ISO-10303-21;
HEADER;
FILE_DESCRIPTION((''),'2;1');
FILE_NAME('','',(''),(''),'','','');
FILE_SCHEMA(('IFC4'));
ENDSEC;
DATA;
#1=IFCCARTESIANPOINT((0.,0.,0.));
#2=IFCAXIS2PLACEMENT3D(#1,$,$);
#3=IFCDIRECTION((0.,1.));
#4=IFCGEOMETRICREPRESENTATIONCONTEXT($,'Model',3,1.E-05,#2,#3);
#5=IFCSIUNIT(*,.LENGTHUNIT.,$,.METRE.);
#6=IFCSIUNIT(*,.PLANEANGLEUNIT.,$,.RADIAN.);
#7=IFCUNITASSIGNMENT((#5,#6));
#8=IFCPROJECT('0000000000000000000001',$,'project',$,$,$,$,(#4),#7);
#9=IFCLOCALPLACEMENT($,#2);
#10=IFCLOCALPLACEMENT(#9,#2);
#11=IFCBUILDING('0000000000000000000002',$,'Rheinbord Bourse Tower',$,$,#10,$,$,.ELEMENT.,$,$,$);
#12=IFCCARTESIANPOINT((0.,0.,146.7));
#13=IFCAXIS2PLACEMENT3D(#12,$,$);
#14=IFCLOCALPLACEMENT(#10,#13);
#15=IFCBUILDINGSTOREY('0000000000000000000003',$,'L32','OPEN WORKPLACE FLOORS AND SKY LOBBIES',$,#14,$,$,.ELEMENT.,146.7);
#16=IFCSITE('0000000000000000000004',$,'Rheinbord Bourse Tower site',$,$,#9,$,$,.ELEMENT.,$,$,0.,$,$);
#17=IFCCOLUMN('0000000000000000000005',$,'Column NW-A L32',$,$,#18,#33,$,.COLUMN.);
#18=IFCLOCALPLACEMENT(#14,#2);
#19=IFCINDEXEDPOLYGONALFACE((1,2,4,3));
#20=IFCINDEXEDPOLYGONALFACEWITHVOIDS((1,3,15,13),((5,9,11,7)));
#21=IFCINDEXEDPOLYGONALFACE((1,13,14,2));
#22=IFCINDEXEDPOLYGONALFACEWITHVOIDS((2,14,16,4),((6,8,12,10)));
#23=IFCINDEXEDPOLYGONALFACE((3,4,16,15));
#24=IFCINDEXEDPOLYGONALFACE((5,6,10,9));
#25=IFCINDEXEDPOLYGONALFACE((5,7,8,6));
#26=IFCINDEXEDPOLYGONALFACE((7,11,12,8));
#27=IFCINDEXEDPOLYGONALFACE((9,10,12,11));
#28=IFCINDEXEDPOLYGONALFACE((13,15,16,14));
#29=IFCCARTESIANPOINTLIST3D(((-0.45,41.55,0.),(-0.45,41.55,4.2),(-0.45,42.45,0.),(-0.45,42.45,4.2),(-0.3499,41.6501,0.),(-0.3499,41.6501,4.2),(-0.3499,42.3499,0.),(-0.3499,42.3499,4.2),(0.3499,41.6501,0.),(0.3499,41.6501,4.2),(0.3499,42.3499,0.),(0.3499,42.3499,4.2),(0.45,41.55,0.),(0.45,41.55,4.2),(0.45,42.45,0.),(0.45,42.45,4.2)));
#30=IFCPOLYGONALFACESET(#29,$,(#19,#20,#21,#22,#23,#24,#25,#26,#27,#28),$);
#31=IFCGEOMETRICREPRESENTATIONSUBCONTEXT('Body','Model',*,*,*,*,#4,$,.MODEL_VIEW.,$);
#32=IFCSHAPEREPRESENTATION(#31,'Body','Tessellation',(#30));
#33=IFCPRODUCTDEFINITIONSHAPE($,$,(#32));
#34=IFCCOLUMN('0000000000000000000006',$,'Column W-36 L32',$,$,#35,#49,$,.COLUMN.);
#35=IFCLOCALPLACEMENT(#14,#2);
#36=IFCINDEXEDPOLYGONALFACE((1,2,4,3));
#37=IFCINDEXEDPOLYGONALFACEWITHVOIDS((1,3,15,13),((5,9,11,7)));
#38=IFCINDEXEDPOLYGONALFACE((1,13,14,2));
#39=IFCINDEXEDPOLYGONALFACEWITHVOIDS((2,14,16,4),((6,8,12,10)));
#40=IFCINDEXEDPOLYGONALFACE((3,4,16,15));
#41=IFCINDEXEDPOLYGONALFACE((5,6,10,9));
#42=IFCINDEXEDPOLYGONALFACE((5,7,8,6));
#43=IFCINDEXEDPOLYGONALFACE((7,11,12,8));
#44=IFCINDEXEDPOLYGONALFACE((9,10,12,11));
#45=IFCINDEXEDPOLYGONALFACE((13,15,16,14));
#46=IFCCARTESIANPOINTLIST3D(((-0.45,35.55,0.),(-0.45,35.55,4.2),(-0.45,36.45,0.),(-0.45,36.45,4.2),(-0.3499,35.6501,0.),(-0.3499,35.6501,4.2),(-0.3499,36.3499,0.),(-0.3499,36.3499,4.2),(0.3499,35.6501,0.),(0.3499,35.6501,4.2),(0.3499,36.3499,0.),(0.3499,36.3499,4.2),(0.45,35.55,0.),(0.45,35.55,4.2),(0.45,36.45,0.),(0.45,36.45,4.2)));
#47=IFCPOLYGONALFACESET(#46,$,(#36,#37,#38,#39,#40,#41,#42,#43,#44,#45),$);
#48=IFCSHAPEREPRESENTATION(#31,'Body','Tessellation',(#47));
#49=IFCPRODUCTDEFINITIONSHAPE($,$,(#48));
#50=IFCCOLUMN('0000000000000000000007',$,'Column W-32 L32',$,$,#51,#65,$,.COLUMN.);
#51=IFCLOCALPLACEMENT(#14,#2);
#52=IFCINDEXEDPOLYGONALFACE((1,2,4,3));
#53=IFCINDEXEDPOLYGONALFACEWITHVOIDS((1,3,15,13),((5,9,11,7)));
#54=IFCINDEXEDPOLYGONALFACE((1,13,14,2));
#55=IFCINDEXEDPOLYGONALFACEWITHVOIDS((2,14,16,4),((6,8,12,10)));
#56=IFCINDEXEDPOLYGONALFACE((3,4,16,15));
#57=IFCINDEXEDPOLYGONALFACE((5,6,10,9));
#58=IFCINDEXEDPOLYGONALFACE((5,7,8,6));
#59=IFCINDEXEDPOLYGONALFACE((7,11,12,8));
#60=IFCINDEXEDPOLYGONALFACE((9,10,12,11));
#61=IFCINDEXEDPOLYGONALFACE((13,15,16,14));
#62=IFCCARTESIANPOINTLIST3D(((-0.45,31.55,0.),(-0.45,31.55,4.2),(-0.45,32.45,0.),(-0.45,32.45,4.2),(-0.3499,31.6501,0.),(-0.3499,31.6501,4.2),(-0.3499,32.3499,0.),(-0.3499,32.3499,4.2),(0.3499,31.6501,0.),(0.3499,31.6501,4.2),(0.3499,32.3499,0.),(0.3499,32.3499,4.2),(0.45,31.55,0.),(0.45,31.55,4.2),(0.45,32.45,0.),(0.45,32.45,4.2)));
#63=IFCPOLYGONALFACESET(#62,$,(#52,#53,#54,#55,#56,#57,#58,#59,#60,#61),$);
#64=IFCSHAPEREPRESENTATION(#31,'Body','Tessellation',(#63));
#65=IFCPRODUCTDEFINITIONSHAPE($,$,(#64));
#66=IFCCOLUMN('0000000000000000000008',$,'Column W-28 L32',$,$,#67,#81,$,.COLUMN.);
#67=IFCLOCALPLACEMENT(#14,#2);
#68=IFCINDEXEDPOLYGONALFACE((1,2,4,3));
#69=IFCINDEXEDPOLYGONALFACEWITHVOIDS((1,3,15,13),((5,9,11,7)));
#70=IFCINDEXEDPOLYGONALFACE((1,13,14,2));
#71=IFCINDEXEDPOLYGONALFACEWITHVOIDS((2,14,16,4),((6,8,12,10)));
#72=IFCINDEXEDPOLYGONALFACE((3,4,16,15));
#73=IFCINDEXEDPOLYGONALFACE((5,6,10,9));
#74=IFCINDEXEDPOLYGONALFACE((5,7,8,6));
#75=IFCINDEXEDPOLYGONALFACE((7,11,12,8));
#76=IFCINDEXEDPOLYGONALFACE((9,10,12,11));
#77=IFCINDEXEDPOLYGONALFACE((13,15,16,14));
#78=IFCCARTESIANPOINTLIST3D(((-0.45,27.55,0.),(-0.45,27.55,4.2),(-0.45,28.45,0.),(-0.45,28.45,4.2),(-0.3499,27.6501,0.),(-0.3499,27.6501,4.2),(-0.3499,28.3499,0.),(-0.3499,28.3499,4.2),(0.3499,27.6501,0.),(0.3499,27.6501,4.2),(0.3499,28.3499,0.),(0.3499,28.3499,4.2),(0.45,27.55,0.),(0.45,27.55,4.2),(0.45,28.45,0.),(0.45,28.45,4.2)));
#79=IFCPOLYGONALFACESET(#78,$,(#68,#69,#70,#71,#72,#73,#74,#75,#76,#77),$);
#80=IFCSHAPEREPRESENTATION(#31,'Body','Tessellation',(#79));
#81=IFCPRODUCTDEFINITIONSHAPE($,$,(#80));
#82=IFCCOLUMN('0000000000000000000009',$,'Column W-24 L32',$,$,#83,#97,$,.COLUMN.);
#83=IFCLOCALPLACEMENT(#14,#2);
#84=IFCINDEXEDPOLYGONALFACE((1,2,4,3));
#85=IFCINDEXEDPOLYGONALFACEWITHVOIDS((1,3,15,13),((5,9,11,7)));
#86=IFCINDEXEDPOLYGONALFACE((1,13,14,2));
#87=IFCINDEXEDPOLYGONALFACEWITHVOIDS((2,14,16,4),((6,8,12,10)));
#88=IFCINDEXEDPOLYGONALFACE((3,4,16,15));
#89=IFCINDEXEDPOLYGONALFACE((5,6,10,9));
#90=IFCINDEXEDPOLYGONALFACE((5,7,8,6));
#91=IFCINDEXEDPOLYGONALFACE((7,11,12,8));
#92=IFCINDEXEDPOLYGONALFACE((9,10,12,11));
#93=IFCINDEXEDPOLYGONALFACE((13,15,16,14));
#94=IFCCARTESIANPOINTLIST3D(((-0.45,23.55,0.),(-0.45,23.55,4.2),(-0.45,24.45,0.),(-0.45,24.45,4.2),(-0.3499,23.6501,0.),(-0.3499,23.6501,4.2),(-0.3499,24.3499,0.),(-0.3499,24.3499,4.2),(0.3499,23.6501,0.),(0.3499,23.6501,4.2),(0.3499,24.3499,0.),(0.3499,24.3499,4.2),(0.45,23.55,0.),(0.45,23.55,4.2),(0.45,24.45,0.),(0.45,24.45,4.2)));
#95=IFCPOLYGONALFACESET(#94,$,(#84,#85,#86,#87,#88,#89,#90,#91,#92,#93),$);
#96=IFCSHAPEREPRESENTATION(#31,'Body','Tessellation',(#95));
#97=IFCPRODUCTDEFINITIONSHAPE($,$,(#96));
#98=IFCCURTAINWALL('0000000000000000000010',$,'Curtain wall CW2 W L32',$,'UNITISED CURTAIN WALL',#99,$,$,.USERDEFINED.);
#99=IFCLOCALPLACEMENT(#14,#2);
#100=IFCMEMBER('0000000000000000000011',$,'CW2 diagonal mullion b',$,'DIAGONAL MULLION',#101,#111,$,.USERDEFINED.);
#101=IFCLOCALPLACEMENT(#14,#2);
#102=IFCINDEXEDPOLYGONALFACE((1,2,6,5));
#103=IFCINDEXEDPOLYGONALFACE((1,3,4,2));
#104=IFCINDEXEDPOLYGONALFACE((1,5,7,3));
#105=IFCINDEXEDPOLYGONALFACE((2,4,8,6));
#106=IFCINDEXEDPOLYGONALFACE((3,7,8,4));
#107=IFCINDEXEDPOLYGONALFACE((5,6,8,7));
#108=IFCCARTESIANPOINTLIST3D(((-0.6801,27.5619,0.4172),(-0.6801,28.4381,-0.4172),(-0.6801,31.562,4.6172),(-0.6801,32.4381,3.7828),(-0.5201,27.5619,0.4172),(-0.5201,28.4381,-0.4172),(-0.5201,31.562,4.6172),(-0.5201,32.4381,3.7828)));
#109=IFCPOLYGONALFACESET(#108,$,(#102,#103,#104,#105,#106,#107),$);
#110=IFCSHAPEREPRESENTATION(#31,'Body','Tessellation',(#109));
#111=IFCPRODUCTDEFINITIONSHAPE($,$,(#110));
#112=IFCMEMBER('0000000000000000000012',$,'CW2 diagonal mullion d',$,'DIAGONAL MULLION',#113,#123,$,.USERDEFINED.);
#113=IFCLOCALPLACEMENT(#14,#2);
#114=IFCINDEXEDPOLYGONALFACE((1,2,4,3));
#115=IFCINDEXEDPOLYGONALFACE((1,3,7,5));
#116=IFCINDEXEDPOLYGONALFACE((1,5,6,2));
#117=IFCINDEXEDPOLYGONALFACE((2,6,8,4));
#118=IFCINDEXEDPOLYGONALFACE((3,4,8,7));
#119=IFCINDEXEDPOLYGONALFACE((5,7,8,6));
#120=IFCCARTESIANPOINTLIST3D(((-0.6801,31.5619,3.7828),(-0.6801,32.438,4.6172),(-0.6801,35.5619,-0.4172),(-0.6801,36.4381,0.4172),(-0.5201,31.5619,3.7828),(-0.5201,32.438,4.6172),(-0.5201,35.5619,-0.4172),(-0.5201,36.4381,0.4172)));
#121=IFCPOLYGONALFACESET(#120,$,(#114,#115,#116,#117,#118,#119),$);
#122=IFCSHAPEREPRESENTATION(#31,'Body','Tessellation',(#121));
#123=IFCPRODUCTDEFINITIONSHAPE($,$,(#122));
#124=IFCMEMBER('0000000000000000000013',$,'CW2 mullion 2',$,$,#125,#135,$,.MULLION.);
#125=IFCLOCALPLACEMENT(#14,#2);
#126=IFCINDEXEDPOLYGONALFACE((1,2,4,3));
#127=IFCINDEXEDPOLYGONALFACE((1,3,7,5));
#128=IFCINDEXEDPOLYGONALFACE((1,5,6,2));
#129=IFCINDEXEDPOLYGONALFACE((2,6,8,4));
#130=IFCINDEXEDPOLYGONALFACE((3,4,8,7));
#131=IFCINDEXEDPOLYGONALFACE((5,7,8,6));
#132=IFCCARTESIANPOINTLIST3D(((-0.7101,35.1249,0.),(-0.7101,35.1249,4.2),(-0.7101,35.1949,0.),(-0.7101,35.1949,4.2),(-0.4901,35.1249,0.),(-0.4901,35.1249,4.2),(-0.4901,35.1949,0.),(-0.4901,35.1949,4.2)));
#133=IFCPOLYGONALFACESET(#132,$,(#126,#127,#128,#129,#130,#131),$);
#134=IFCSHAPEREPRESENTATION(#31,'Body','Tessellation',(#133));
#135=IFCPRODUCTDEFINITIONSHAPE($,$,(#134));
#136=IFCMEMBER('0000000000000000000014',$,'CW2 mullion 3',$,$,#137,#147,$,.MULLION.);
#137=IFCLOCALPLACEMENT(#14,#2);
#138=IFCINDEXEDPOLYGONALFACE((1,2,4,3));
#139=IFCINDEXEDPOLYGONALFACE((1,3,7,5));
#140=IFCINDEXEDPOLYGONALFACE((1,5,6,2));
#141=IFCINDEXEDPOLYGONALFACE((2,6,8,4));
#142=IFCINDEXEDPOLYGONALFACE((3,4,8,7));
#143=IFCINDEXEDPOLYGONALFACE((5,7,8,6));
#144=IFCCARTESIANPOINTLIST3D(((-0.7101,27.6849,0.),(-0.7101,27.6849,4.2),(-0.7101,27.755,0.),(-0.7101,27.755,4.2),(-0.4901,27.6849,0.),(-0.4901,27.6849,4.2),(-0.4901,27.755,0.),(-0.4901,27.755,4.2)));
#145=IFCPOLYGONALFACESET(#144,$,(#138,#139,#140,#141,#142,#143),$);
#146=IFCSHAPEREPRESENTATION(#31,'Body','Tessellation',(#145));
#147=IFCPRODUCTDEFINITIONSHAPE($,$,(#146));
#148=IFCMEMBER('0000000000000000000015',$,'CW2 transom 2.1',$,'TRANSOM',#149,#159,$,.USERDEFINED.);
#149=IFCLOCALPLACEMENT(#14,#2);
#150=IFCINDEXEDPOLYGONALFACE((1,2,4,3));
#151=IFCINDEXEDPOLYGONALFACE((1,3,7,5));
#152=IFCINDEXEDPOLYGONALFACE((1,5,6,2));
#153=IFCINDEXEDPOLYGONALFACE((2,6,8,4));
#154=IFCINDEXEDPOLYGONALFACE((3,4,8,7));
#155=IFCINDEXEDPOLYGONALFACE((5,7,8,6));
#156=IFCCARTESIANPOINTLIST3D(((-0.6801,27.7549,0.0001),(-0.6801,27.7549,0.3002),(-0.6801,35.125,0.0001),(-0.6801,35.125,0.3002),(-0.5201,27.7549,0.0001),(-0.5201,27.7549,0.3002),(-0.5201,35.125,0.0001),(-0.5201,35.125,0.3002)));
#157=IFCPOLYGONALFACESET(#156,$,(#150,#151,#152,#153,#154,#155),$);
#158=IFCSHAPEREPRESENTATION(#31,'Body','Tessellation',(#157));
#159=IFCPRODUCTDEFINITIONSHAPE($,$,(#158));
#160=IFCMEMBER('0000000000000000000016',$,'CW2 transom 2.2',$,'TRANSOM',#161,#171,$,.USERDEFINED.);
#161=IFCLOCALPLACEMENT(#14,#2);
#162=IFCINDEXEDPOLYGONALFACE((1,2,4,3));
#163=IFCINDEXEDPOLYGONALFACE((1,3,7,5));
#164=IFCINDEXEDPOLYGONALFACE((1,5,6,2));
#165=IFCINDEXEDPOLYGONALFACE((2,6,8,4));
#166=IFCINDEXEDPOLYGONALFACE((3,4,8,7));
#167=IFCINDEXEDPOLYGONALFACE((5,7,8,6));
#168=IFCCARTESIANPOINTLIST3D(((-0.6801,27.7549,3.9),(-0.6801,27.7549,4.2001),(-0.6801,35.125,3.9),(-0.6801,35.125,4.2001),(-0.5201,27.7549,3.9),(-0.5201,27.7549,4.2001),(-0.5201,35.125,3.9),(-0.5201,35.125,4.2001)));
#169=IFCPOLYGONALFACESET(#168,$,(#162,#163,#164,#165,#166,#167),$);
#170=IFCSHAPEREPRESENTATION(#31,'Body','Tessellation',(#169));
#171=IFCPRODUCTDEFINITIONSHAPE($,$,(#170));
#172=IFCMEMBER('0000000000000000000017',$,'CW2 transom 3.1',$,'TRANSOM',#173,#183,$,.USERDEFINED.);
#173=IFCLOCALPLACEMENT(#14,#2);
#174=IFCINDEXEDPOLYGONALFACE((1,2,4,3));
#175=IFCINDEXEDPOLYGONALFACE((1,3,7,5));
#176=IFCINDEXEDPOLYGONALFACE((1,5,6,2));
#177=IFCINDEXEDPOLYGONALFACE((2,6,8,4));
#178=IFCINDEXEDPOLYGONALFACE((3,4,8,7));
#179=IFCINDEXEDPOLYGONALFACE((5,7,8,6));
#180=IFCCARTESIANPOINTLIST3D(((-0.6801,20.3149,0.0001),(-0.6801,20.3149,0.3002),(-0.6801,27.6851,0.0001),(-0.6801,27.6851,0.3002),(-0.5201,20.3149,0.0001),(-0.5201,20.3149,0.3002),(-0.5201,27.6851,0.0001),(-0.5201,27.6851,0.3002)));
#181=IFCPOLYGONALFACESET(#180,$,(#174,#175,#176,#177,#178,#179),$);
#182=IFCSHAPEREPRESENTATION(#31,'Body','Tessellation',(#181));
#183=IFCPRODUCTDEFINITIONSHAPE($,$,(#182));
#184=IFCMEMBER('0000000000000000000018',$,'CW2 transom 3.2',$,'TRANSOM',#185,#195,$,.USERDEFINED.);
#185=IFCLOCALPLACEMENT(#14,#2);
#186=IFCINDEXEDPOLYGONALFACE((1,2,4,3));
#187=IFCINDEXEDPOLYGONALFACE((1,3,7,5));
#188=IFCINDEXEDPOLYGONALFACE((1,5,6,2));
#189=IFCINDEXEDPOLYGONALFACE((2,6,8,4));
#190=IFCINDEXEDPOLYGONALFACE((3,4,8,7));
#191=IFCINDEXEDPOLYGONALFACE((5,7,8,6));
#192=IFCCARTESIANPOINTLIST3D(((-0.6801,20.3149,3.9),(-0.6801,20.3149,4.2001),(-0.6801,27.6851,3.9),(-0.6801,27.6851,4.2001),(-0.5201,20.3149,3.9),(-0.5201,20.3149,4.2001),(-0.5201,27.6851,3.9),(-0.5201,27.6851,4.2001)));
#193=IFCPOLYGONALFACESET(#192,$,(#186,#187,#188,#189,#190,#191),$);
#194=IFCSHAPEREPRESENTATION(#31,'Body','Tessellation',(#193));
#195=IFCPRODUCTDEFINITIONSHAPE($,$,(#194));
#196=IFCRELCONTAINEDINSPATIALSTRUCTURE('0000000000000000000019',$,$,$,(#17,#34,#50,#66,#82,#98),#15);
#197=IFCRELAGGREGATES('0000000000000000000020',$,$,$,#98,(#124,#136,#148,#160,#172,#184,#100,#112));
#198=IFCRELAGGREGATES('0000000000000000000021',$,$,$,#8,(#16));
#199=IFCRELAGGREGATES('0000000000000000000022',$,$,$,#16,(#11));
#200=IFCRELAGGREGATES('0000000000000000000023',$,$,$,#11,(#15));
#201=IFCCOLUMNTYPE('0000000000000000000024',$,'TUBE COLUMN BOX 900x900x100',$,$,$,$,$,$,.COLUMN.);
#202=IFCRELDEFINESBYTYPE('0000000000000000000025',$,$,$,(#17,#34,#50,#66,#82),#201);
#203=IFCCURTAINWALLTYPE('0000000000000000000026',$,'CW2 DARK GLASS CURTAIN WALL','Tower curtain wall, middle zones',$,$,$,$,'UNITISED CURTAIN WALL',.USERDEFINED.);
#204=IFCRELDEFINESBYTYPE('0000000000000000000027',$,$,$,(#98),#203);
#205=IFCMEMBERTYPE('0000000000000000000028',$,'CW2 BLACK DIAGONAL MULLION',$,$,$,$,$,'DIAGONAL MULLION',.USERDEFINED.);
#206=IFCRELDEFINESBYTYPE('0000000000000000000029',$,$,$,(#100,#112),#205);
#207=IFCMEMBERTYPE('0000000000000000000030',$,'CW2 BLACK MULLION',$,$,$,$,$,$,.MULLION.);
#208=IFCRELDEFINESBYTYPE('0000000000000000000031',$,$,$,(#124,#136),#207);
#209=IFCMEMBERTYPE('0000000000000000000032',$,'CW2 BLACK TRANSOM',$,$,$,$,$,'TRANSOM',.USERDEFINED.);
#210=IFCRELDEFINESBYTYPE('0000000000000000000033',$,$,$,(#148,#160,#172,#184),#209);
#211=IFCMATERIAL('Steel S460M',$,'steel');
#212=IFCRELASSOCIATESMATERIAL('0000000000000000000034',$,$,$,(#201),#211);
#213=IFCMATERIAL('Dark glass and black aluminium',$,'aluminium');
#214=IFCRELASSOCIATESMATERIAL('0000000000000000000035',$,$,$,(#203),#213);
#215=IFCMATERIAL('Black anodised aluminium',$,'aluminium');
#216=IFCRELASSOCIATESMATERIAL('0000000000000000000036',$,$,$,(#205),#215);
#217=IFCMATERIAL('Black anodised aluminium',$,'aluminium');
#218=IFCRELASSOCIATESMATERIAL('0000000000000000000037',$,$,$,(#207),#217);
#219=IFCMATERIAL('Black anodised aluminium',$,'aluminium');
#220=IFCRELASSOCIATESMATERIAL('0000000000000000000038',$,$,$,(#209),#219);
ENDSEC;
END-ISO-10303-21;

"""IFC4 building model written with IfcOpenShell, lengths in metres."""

from ifc_helpers import new_model, si_unit, direction, frame, origin, origin_2d, place, context, subcontext, project, spatial, rectangle, hollow_rectangle, extrude, material, material_profile, profile_set, type_object, element, aggregate, save


model = new_model("IFC4")

# Units and contexts
model_context = context("Model", 3, precision=1e-05, world=origin(), true_north=direction((0.0, 1.0)))
body_context = subcontext(model_context, "Body", "Model", "MODEL_VIEW")
ifc_project = project(units=[si_unit("LENGTHUNIT", "METRE"), si_unit("PLANEANGLEUNIT", "RADIAN")], contexts=[model_context])

# Site, building, storey
site_placement = place(None, origin())
site = spatial("IfcSite", under=ifc_project, at=site_placement, Name="Rheinbord Bourse Tower site", CompositionType="ELEMENT", RefElevation=0.0)
building_placement = place(site_placement, origin())
building = spatial("IfcBuilding", under=site, at=building_placement, Name="Rheinbord Bourse Tower", CompositionType="ELEMENT")
storey_placement = place(building_placement, frame((0.0, 0.0, 146.7)))
storey = spatial("IfcBuildingStorey", under=building, at=storey_placement, Name="L32", Description="OPEN WORKPLACE FLOORS AND SKY LOBBIES", CompositionType="ELEMENT", Elevation=146.7)

# Columns
ifc_material_1 = material(Name="Steel S460M", Category="steel")
ifc_material_profile_1 = material_profile(ifc_material_1, hollow_rectangle(XDim=0.8999, YDim=0.8999, WallThickness=0.1001, at=origin_2d()), Name="BOX 900x900x100")
ifc_profile_set_1 = profile_set([ifc_material_profile_1], Name="Steel S460M")
column_type = type_object("IfcColumnType", Name="TUBE COLUMN BOX 900x900x100", PredefinedType="COLUMN", material=ifc_profile_set_1)
for number, where, z_axis, x_axis, name in (
    (1, (0.0, 42.0, 0.0), (0.0, 0.0, 1.0), (1.0, 0.0, 0.0), "Column NW-A L32"),
    (2, (0.0, 36.0, 0.0), (0.0, 0.0, 1.0), (1.0, 0.0, 0.0), "Column W-36 L32"),
    (3, (0.0, 32.0, 0.0), (0.0, 0.0, 1.0), (1.0, 0.0, 0.0), "Column W-32 L32"),
    (4, (0.0, 28.0, 0.0), (0.0, 0.0, 1.0), (1.0, 0.0, 0.0), "Column W-28 L32"),
    (5, (0.0, 24.0, 0.0), (0.0, 0.0, 1.0), (1.0, 0.0, 0.0), "Column W-24 L32"),
):
    element("IfcColumn", number, at=place(storey_placement, frame(where, z_axis=z_axis, x_axis=x_axis)), inside=storey, type_object=column_type, Name=name, PredefinedType="COLUMN", context=body_context, shape_type="SweptSolid", body=[
        extrude(hollow_rectangle(XDim=0.8999, YDim=0.8999, WallThickness=0.1001, at=origin_2d()), origin(), (0.0, 0.0, 1.0), 4.2),
    ])

# Curtain wall, members
ifc_material_2 = material(Name="Dark glass and black aluminium", Category="aluminium")
curtain_wall_type = type_object("IfcCurtainWallType", Name="CW2 DARK GLASS CURTAIN WALL", Description="Tower curtain wall, middle zones", ElementType="UNITISED CURTAIN WALL", PredefinedType="USERDEFINED", material=ifc_material_2)
curtain_wall_placement = place(storey_placement, origin())
curtain_wall = element("IfcCurtainWall", 6, at=curtain_wall_placement, inside=storey, type_object=curtain_wall_type, Name="Curtain wall CW2 W L32", ObjectType="UNITISED CURTAIN WALL", PredefinedType="USERDEFINED")
ifc_material_3 = material(Name="Black anodised aluminium", Category="aluminium")
ifc_material_profile_2 = material_profile(ifc_material_3, rectangle(XDim=0.1599, YDim=1.21, at=origin_2d()), Name="CW2 DIAGONAL MULLION 1210x160")
ifc_profile_set_2 = profile_set([ifc_material_profile_2], Name="Black anodised aluminium")
member_type_1 = type_object("IfcMemberType", Name="CW2 BLACK DIAGONAL MULLION", ElementType="DIAGONAL MULLION", PredefinedType="USERDEFINED", material=ifc_profile_set_2)
member_1_placement = place(storey_placement, frame((-0.6001, 28.0, 0.0), z_axis=(0.0, 0.689659, 0.724134), x_axis=(-1.0, 0.0, 0.0)))
member_1 = element("IfcMember", 7, at=member_1_placement, type_object=member_type_1, Name="CW2 diagonal mullion b", ObjectType="DIAGONAL MULLION", PredefinedType="USERDEFINED", context=body_context, shape_type="SweptSolid", body=[
    extrude(rectangle(XDim=0.1599, YDim=1.21, at=origin_2d()), origin(), (0.0, 0.0, 1.0), 5.8),
])
member_2_placement = place(storey_placement, frame((-0.6001, 36.0, 0.0), z_axis=(0.0, -0.689659, 0.724134), x_axis=(1.0, 0.0, 0.0)))
member_2 = element("IfcMember", 8, at=member_2_placement, type_object=member_type_1, Name="CW2 diagonal mullion d", ObjectType="DIAGONAL MULLION", PredefinedType="USERDEFINED", context=body_context, shape_type="SweptSolid", body=[
    extrude(rectangle(XDim=0.1599, YDim=1.21, at=origin_2d()), origin(), (0.0, 0.0, 1.0), 5.8),
])
ifc_material_4 = material(Name="Black anodised aluminium", Category="aluminium")
ifc_material_profile_3 = material_profile(ifc_material_4, rectangle(XDim=0.22, YDim=0.0701, at=origin_2d()), Name="CW2 MULLION 70x220")
ifc_profile_set_3 = profile_set([ifc_material_profile_3], Name="Black anodised aluminium")
member_type_2 = type_object("IfcMemberType", Name="CW2 BLACK MULLION", PredefinedType="MULLION", material=ifc_profile_set_3)
member_3_placement = place(storey_placement, frame((-0.6001, 35.1599, 0.0), z_axis=(0.0, 0.0, 1.0), x_axis=(1.0, 0.0, 0.0)))
member_3 = element("IfcMember", 9, at=member_3_placement, type_object=member_type_2, Name="CW2 mullion 2", PredefinedType="MULLION", context=body_context, shape_type="SweptSolid", body=[
    extrude(rectangle(XDim=0.22, YDim=0.0701, at=origin_2d()), origin(), (0.0, 0.0, 1.0), 4.2),
])
member_4_placement = place(storey_placement, frame((-0.6001, 27.72, 0.0), z_axis=(0.0, 0.0, 1.0), x_axis=(1.0, 0.0, 0.0)))
member_4 = element("IfcMember", 10, at=member_4_placement, type_object=member_type_2, Name="CW2 mullion 3", PredefinedType="MULLION", context=body_context, shape_type="SweptSolid", body=[
    extrude(rectangle(XDim=0.22, YDim=0.0701, at=origin_2d()), origin(), (0.0, 0.0, 1.0), 4.2),
])
ifc_material_5 = material(Name="Black anodised aluminium", Category="aluminium")
ifc_material_profile_4 = material_profile(ifc_material_5, rectangle(XDim=0.1599, YDim=0.3, at=origin_2d()), Name="CW2 TRANSOM 300x160")
ifc_profile_set_4 = profile_set([ifc_material_profile_4], Name="Black anodised aluminium")
member_type_3 = type_object("IfcMemberType", Name="CW2 BLACK TRANSOM", ElementType="TRANSOM", PredefinedType="USERDEFINED", material=ifc_profile_set_4)
member_5_placement = place(storey_placement, frame((-0.6001, 35.125, 0.1501), z_axis=(0.0, -1.0, 0.0), x_axis=(1.0, 0.0, 0.0)))
member_5 = element("IfcMember", 11, at=member_5_placement, type_object=member_type_3, Name="CW2 transom 2.1", ObjectType="TRANSOM", PredefinedType="USERDEFINED", context=body_context, shape_type="SweptSolid", body=[
    extrude(rectangle(XDim=0.1599, YDim=0.3, at=origin_2d()), origin(), (0.0, 0.0, 1.0), 7.3701),
])
member_6_placement = place(storey_placement, frame((-0.6001, 35.125, 4.05), z_axis=(0.0, -1.0, 0.0), x_axis=(1.0, 0.0, 0.0)))
member_6 = element("IfcMember", 12, at=member_6_placement, type_object=member_type_3, Name="CW2 transom 2.2", ObjectType="TRANSOM", PredefinedType="USERDEFINED", context=body_context, shape_type="SweptSolid", body=[
    extrude(rectangle(XDim=0.1599, YDim=0.3, at=origin_2d()), origin(), (0.0, 0.0, 1.0), 7.3701),
])
member_7_placement = place(storey_placement, frame((-0.6001, 27.6851, 0.1501), z_axis=(0.0, -1.0, 0.0), x_axis=(1.0, 0.0, 0.0)))
member_7 = element("IfcMember", 13, at=member_7_placement, type_object=member_type_3, Name="CW2 transom 3.1", ObjectType="TRANSOM", PredefinedType="USERDEFINED", context=body_context, shape_type="SweptSolid", body=[
    extrude(rectangle(XDim=0.1599, YDim=0.3, at=origin_2d()), origin(), (0.0, 0.0, 1.0), 7.3701),
])
member_8_placement = place(storey_placement, frame((-0.6001, 27.6851, 4.05), z_axis=(0.0, -1.0, 0.0), x_axis=(1.0, 0.0, 0.0)))
member_8 = element("IfcMember", 14, at=member_8_placement, type_object=member_type_3, Name="CW2 transom 3.2", ObjectType="TRANSOM", PredefinedType="USERDEFINED", context=body_context, shape_type="SweptSolid", body=[
    extrude(rectangle(XDim=0.1599, YDim=0.3, at=origin_2d()), origin(), (0.0, 0.0, 1.0), 7.3701),
])

aggregate(curtain_wall, [member_3, member_4, member_5, member_6, member_7, member_8, member_1, member_2])

save(model, "model.ifc")
